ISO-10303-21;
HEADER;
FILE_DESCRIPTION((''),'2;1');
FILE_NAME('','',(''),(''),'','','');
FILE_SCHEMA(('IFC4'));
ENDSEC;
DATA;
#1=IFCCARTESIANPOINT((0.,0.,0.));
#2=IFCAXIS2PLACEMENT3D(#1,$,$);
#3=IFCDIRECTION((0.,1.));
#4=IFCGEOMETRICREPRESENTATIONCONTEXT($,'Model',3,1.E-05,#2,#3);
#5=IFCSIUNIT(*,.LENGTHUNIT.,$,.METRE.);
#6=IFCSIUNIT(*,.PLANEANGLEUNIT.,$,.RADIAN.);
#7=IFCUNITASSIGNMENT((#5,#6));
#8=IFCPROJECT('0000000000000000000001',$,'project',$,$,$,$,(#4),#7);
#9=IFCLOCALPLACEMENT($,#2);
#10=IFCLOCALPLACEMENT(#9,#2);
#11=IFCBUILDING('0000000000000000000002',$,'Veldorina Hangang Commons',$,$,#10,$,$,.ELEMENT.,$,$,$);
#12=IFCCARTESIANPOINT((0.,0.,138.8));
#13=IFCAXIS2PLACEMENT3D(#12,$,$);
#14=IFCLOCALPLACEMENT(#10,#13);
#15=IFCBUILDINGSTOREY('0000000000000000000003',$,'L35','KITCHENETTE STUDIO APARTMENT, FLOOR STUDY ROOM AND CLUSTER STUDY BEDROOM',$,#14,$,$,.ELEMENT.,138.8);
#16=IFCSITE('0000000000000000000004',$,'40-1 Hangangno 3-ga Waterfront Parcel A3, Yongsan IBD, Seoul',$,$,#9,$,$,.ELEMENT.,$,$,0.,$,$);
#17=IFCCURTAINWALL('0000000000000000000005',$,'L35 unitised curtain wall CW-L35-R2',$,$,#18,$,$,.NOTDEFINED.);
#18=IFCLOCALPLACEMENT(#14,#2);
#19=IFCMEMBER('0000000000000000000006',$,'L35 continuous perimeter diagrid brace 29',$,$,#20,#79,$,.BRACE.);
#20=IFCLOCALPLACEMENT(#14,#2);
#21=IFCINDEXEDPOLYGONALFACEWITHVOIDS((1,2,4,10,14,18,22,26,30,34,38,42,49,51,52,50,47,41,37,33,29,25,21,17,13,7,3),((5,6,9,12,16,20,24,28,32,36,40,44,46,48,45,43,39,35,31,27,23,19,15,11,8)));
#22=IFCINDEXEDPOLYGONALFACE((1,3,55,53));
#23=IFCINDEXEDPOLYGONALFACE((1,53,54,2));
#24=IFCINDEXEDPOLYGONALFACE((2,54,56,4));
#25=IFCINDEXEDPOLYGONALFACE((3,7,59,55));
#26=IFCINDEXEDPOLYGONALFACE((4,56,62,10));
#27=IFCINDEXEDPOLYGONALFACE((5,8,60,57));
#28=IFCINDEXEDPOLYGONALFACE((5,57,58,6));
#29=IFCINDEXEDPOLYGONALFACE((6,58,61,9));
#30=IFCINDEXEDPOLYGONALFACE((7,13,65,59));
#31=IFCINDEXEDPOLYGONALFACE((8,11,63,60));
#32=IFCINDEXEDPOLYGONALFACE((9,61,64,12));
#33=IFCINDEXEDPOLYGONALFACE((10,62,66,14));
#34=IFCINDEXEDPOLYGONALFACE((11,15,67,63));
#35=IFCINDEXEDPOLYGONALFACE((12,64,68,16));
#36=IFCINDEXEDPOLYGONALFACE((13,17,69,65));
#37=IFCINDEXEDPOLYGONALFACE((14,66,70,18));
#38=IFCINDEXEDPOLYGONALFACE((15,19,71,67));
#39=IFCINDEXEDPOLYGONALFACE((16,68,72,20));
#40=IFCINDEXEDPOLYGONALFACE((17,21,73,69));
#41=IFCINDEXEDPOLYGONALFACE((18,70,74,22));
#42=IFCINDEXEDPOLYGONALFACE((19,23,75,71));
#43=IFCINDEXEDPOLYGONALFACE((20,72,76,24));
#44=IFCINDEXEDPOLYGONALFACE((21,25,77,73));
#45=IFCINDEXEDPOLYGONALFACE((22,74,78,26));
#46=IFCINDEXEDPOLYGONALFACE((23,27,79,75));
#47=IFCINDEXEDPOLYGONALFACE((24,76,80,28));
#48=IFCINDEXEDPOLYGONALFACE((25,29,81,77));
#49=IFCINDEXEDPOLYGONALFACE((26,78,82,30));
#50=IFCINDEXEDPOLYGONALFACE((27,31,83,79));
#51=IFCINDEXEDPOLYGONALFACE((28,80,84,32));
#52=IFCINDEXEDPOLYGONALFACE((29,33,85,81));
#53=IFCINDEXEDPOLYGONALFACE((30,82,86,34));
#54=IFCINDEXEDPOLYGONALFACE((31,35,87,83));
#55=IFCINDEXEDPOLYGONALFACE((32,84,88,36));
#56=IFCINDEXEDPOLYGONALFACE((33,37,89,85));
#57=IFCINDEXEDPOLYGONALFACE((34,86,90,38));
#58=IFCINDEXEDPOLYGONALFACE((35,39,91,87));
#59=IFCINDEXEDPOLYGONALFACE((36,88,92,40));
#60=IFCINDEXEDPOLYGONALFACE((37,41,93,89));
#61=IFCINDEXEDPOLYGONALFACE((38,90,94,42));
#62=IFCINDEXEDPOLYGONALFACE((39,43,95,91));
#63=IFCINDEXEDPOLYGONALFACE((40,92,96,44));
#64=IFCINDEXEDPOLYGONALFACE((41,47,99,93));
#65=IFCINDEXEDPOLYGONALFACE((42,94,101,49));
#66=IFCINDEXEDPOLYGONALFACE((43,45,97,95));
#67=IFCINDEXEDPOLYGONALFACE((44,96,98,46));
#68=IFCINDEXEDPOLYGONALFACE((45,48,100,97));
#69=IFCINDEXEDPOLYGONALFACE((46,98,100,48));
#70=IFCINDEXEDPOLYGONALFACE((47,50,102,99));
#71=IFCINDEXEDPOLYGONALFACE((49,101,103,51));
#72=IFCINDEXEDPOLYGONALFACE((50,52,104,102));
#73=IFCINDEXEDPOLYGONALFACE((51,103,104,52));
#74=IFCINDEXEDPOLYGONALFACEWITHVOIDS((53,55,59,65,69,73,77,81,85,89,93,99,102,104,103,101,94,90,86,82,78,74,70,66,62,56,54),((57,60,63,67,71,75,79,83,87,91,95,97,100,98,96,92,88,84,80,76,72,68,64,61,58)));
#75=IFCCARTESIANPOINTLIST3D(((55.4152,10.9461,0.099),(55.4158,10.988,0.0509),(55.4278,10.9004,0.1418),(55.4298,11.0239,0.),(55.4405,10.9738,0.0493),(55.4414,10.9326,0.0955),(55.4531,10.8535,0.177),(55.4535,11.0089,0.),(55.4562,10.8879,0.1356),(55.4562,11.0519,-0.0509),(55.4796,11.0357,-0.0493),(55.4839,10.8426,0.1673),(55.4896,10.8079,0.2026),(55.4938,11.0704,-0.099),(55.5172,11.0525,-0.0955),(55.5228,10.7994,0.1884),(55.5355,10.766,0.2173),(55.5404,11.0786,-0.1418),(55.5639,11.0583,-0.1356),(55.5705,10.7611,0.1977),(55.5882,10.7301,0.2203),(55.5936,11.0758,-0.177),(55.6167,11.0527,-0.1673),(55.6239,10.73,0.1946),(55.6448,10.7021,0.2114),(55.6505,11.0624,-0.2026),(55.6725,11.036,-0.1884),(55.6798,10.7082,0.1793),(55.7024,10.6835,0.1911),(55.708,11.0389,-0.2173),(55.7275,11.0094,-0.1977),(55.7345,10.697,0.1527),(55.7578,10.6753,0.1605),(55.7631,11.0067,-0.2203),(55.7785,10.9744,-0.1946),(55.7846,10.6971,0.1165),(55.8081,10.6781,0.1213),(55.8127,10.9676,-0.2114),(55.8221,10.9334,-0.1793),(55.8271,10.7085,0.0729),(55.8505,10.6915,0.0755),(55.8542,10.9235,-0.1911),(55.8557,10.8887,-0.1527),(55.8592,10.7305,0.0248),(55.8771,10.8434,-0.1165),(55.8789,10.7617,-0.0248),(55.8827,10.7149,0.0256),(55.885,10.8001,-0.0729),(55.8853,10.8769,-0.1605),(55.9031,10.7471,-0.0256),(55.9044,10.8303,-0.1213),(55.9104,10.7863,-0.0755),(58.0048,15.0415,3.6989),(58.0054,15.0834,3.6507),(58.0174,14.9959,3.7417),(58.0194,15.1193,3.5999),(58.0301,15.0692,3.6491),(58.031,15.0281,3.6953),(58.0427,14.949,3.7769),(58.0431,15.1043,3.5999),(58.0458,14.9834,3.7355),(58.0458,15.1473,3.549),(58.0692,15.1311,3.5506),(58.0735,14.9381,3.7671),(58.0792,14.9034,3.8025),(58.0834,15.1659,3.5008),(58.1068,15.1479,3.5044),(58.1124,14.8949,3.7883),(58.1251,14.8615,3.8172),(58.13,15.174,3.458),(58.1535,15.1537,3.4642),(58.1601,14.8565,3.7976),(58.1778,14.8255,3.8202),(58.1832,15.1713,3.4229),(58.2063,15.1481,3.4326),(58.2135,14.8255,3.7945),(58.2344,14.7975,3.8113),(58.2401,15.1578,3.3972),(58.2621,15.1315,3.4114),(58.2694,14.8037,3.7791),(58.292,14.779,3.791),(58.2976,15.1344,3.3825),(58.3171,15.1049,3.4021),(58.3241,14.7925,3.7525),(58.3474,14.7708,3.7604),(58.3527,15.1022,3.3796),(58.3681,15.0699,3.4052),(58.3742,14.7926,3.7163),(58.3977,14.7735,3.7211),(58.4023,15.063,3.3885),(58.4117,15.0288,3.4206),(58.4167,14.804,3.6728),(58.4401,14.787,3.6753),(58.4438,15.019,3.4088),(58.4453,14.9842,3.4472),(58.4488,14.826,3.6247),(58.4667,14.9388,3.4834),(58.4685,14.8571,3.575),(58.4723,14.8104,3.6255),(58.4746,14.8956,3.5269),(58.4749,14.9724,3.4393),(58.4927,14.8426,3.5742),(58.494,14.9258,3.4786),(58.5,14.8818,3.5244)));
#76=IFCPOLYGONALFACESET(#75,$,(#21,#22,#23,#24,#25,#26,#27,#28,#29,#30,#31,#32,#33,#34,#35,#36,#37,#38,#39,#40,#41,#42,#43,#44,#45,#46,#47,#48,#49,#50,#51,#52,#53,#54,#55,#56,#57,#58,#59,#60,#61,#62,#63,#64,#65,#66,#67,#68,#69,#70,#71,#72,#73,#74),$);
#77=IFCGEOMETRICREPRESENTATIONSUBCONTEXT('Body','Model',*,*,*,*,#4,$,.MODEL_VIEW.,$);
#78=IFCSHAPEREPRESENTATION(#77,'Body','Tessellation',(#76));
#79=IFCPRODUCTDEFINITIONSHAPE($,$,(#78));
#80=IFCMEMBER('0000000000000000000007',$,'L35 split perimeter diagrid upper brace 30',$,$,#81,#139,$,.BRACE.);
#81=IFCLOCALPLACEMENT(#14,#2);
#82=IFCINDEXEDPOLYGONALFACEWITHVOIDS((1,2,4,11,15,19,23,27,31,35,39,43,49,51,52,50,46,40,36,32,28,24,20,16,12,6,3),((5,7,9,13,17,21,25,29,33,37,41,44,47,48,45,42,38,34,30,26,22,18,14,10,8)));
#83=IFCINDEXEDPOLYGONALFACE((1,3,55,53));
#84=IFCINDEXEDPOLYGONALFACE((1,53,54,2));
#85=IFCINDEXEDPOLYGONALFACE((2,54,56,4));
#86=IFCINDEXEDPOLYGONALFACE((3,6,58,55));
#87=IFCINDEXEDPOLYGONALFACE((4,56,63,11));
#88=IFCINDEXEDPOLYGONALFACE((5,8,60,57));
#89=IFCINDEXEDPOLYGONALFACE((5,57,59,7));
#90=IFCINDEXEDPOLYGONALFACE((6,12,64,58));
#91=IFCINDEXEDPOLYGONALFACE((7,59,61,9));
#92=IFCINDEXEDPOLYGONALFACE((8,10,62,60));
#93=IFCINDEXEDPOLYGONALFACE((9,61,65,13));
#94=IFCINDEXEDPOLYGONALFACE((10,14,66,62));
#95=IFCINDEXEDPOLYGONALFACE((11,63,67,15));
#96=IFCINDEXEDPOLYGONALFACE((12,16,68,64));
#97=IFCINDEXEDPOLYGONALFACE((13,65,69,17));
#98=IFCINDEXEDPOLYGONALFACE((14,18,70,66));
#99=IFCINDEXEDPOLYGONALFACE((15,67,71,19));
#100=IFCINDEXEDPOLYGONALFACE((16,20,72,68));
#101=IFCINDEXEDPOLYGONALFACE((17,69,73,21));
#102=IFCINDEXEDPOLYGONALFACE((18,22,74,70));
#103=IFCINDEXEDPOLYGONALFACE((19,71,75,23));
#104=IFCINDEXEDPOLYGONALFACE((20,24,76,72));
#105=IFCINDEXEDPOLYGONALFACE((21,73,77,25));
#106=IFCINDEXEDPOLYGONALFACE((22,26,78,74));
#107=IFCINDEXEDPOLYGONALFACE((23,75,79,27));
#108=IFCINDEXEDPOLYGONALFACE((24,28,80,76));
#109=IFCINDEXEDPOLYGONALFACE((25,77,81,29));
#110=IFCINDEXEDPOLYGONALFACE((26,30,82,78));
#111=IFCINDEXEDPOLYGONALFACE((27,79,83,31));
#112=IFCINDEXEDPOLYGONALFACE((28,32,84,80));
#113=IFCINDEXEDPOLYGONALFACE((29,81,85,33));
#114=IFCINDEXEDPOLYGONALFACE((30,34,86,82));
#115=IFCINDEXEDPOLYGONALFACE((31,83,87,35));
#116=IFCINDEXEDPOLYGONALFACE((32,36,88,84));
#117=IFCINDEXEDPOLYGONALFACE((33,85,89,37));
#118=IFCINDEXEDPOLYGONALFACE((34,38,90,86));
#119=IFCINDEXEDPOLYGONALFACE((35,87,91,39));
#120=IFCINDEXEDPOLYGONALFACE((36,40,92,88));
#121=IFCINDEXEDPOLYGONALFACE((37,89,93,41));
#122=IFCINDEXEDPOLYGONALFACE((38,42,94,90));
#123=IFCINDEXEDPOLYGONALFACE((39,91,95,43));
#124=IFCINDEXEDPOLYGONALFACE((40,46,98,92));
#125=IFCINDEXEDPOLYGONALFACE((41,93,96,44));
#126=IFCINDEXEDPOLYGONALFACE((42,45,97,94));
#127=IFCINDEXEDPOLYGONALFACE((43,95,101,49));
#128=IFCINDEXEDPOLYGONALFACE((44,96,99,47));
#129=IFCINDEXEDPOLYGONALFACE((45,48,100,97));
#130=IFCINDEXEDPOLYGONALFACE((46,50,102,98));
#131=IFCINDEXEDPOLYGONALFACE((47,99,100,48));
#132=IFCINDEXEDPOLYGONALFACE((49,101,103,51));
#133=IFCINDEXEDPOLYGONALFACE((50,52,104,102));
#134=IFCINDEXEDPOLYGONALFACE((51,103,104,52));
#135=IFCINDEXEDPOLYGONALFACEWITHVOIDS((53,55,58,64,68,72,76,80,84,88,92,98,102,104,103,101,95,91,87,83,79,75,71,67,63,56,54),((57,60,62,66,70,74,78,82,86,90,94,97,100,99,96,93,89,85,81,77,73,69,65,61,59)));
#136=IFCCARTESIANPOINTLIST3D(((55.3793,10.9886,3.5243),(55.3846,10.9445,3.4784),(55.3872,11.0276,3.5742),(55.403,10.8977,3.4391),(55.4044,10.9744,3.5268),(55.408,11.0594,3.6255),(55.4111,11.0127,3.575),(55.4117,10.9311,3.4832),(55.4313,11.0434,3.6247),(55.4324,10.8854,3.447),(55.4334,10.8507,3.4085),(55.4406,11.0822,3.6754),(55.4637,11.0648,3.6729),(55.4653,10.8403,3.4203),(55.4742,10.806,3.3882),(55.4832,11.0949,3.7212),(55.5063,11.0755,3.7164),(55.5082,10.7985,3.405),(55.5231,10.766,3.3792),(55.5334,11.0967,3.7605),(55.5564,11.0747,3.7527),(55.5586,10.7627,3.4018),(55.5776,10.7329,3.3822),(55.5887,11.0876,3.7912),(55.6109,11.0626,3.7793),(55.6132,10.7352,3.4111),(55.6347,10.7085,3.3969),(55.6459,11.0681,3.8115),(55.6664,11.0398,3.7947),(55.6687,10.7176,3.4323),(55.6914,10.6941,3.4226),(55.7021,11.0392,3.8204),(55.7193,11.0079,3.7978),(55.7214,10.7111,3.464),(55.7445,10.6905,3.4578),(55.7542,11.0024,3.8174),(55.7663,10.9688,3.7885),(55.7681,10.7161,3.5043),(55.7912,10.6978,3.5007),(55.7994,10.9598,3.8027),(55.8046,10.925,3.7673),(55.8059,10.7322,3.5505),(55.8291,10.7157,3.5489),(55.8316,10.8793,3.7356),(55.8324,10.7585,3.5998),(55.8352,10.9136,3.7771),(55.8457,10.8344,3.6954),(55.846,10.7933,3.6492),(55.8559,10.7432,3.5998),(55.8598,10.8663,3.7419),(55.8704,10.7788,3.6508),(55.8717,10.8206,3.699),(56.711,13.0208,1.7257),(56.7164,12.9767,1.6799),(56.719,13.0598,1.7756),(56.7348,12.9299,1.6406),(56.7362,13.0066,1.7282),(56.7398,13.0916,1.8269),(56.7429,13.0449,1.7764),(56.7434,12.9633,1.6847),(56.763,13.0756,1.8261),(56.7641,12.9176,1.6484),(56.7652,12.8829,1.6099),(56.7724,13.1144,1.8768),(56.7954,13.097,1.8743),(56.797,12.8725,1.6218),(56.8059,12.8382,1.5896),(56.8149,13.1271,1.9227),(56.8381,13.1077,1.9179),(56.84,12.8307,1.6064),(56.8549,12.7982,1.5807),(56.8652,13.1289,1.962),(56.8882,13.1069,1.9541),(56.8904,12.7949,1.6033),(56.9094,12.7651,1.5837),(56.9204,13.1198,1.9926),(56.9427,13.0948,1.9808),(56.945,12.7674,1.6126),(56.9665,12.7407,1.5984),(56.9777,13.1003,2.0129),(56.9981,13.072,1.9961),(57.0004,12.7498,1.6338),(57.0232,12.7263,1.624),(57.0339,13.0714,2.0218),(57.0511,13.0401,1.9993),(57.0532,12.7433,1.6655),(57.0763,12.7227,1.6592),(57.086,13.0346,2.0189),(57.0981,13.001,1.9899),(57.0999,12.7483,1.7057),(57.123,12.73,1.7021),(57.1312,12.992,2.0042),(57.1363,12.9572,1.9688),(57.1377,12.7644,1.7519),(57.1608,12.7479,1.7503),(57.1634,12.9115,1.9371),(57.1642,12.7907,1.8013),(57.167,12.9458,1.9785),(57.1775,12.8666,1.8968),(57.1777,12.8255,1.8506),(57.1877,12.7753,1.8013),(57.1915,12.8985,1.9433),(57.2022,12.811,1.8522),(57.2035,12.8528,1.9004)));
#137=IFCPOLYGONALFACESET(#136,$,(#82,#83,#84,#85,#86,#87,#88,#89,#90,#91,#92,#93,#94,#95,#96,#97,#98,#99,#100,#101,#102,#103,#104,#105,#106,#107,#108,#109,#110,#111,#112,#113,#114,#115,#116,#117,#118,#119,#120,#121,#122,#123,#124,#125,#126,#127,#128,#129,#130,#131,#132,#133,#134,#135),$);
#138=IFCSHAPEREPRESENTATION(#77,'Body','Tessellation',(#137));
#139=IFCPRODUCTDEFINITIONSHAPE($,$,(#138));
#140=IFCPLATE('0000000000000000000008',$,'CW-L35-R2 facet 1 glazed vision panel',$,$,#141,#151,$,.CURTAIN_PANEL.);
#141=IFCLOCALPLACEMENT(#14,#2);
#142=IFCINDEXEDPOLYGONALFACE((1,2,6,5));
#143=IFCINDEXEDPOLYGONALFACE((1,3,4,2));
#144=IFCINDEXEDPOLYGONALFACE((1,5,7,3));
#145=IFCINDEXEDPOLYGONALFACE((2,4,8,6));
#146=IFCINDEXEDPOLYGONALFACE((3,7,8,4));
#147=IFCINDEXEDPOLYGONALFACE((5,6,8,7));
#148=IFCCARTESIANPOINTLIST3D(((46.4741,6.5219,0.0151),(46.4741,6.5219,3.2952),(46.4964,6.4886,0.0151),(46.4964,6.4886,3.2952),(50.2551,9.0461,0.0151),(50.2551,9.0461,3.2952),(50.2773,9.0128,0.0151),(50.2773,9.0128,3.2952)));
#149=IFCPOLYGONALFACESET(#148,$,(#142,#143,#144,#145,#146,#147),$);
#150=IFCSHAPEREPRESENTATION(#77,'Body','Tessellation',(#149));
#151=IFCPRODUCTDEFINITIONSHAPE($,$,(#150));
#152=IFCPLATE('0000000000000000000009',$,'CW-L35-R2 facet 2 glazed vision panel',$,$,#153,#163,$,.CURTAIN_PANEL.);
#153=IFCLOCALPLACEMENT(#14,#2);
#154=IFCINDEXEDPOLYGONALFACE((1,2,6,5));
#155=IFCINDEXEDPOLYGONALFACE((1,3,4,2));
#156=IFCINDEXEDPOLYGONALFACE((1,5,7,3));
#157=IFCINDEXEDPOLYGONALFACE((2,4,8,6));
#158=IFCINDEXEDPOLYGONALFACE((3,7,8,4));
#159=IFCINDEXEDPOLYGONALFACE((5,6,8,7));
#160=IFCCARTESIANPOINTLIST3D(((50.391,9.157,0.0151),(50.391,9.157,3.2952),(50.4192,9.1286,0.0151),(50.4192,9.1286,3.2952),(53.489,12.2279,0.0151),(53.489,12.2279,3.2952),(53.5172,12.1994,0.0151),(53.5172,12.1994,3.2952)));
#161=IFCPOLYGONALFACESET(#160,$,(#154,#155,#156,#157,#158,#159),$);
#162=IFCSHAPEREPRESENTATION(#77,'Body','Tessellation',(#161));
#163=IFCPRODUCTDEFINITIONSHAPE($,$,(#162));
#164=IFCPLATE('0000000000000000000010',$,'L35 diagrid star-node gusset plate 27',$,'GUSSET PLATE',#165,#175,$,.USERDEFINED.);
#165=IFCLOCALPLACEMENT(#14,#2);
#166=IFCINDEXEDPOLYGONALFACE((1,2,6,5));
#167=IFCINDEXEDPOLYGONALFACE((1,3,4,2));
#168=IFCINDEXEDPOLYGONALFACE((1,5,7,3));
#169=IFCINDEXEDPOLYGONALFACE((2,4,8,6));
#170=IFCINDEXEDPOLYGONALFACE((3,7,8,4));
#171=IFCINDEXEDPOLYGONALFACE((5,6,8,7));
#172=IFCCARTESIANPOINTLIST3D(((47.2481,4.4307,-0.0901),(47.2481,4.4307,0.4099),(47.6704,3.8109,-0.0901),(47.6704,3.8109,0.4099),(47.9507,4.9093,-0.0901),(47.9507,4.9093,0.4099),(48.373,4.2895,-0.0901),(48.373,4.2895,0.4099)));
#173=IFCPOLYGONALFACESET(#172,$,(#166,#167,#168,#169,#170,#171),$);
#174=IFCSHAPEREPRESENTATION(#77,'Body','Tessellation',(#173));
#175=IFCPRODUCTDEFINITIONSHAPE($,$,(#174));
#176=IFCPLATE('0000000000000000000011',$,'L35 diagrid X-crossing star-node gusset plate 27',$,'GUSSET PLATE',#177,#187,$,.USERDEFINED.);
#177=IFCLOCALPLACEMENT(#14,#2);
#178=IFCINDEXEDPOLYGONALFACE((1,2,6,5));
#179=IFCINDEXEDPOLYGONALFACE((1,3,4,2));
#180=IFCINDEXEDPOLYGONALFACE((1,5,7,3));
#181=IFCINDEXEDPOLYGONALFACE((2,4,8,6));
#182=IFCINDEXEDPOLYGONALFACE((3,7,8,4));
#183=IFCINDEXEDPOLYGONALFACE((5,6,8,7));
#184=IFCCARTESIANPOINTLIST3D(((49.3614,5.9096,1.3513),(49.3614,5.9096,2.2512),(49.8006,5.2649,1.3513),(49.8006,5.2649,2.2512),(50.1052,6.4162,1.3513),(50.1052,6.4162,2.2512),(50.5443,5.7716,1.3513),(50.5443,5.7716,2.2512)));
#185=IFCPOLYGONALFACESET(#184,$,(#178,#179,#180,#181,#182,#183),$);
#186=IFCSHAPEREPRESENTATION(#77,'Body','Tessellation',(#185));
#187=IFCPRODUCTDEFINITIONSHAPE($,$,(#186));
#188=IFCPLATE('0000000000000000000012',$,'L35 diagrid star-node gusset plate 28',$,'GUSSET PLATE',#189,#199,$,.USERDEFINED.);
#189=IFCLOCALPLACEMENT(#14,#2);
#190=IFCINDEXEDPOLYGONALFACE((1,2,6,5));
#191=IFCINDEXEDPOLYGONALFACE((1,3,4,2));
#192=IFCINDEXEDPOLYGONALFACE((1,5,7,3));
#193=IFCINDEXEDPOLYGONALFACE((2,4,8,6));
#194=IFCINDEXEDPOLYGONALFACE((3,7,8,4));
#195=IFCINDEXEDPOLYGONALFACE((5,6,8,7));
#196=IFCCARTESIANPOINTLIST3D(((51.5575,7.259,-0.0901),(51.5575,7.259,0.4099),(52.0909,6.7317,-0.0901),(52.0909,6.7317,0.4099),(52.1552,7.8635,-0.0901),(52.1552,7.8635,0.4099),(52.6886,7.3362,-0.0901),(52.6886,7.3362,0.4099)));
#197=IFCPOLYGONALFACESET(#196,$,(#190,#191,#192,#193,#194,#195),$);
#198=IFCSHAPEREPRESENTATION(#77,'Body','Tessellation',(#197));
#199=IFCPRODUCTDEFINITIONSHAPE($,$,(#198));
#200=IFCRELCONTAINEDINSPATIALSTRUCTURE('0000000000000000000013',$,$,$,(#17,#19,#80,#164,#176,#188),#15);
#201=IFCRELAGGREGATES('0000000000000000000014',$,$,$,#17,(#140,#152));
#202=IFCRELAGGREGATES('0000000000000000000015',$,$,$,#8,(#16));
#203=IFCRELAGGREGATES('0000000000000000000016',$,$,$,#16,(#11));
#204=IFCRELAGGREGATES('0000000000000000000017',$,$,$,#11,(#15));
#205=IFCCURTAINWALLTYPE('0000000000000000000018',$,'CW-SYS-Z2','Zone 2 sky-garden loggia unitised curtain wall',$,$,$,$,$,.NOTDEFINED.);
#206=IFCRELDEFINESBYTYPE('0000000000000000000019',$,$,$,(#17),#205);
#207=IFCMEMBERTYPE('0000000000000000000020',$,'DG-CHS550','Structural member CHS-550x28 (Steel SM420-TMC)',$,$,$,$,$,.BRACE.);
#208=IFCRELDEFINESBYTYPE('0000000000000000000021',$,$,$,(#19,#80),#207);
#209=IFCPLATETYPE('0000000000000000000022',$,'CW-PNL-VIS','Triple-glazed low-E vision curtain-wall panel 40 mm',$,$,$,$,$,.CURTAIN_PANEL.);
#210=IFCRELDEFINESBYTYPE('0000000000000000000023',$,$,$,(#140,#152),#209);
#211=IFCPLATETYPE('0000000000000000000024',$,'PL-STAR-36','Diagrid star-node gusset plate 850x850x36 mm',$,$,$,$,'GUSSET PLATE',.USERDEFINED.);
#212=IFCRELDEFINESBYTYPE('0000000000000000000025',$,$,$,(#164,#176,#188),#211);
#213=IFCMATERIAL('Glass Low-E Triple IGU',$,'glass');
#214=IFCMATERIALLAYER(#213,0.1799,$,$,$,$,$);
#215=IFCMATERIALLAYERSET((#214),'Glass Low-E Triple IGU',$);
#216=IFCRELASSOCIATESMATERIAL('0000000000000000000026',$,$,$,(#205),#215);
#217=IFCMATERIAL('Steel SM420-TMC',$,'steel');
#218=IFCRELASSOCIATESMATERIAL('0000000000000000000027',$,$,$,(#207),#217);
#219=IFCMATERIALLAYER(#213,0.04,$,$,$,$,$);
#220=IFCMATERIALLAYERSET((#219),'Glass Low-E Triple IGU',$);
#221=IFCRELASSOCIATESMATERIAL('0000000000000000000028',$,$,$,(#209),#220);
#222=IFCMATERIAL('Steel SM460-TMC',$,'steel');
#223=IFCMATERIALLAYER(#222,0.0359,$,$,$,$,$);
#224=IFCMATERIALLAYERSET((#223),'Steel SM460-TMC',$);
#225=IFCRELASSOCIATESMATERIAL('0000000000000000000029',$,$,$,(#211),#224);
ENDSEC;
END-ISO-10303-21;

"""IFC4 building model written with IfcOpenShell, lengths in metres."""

from ifc_helpers import new_model, si_unit, direction, frame, origin, origin_2d, place, context, subcontext, project, spatial, rectangle, hollow_circle, extrude, material, layer, layer_set, material_profile, profile_set, type_object, element, aggregate, save


model = new_model("IFC4")

# Units and contexts
model_context = context("Model", 3, precision=1e-05, world=origin(), true_north=direction((0.0, 1.0)))
body_context = subcontext(model_context, "Body", "Model", "MODEL_VIEW")
ifc_project = project(units=[si_unit("LENGTHUNIT", "METRE"), si_unit("PLANEANGLEUNIT", "RADIAN")], contexts=[model_context])

# Site, building, storey
site_placement = place(None, origin())
site = spatial("IfcSite", under=ifc_project, at=site_placement, Name="40-1 Hangangno 3-ga Waterfront Parcel A3, Yongsan IBD, Seoul", CompositionType="ELEMENT", RefElevation=0.0)
building_placement = place(site_placement, origin())
building = spatial("IfcBuilding", under=site, at=building_placement, Name="Veldorina Hangang Commons", CompositionType="ELEMENT")
storey_placement = place(building_placement, frame((0.0, 0.0, 138.8)))
storey = spatial("IfcBuildingStorey", under=building, at=storey_placement, Name="L35", Description="KITCHENETTE STUDIO APARTMENT, FLOOR STUDY ROOM AND CLUSTER STUDY BEDROOM", CompositionType="ELEMENT", Elevation=138.8)

# Shared definitions
ifc_material_1 = material(Name="Steel SM420-TMC", Category="steel")

# Curtain wall
ifc_material_2 = material(Name="Glass Low-E Triple IGU", Category="glass")
ifc_layer_1 = layer(ifc_material_2, 0.1799)
ifc_layer_set_1 = layer_set([ifc_layer_1], Name="Glass Low-E Triple IGU")
curtain_wall_type = type_object("IfcCurtainWallType", Name="CW-SYS-Z2", Description="Zone 2 sky-garden loggia unitised curtain wall", PredefinedType="NOTDEFINED", material=ifc_layer_set_1)
curtain_wall_placement = place(storey_placement, origin())
curtain_wall = element("IfcCurtainWall", 1, at=curtain_wall_placement, inside=storey, type_object=curtain_wall_type, Name="L35 unitised curtain wall CW-L35-R2", PredefinedType="NOTDEFINED")

# Members
ifc_material_profile_1 = material_profile(ifc_material_1, hollow_circle(Radius=0.2749, WallThickness=0.0281, at=origin_2d()), Name="CHS-550x28")
ifc_profile_set_1 = profile_set([ifc_material_profile_1], Name="Steel SM420-TMC")
member_type_1 = type_object("IfcMemberType", Name="DG-CHS550", Description="Structural member CHS-550x28 (Steel SM420-TMC)", PredefinedType="BRACE", material=ifc_profile_set_1)
member_1_placement = place(storey_placement, frame((55.6621, 10.877, 0.0), z_axis=(0.429, 0.678464, 0.596361), x_axis=(-0.84521, 0.534435, 0.0)))
element("IfcMember", 2, at=member_1_placement, inside=storey, type_object=member_type_1, Name="L35 continuous perimeter diagrid brace 29", PredefinedType="BRACE", context=body_context, shape_type="SweptSolid", body=[
    extrude(hollow_circle(Radius=0.2749, WallThickness=0.0281, at=origin_2d()), origin(), (0.0, 0.0, 1.0), 6.0364),
])
member_2_placement = place(storey_placement, frame((56.9578, 12.926, 1.8013), z_axis=(-0.440552, -0.672256, 0.594967), x_axis=(0.836399, -0.548121, 0.0)))
element("IfcMember", 3, at=member_2_placement, inside=storey, type_object=member_type_1, Name="L35 split perimeter diagrid upper brace 30", PredefinedType="BRACE", context=body_context, shape_type="SweptSolid", body=[
    extrude(hollow_circle(Radius=0.2749, WallThickness=0.0281, at=origin_2d()), origin(), (0.0, 0.0, 1.0), 3.0229),
])

# Plates
ifc_layer_2 = layer(ifc_material_2, 0.04)
ifc_layer_set_2 = layer_set([ifc_layer_2], Name="Glass Low-E Triple IGU")
plate_type_1 = type_object("IfcPlateType", Name="CW-PNL-VIS", Description="Triple-glazed low-E vision curtain-wall panel 40 mm", PredefinedType="CURTAIN_PANEL", material=ifc_layer_set_2)
plate_1_placement = place(storey_placement, frame((48.3757, 7.7673, 0.0151), z_axis=(0.0, 0.0, 1.0), x_axis=(0.831683, 0.555251, 0.0)))
plate_1 = element("IfcPlate", 4, at=plate_1_placement, type_object=plate_type_1, Name="CW-L35-R2 facet 1 glazed vision panel", PredefinedType="CURTAIN_PANEL", context=body_context, shape_type="SweptSolid", body=[
    extrude(rectangle(XDim=4.5461, YDim=0.04, at=origin_2d()), origin(), (0.0, 0.0, 1.0), 3.28),
])
plate_2_placement = place(storey_placement, frame((51.9541, 10.6782, 0.0151), z_axis=(0.0, 0.0, 1.0), x_axis=(0.71021, 0.70399, 0.0)))
plate_2 = element("IfcPlate", 5, at=plate_2_placement, type_object=plate_type_1, Name="CW-L35-R2 facet 2 glazed vision panel", PredefinedType="CURTAIN_PANEL", context=body_context, shape_type="SweptSolid", body=[
    extrude(rectangle(XDim=4.3621, YDim=0.04, at=origin_2d()), origin(), (0.0, 0.0, 1.0), 3.28),
])
aggregate(curtain_wall, [plate_1, plate_2])

# Plates
ifc_material_3 = material(Name="Steel SM460-TMC", Category="steel")
ifc_layer_3 = layer(ifc_material_3, 0.0359)
ifc_layer_set_3 = layer_set([ifc_layer_3], Name="Steel SM460-TMC")
plate_type_2 = type_object("IfcPlateType", Name="PL-STAR-36", Description="Diagrid star-node gusset plate 850x850x36 mm", ElementType="GUSSET PLATE", PredefinedType="USERDEFINED", material=ifc_layer_set_3)
plate_3_placement = place(storey_placement, frame((47.8105, 4.3601, -0.0901), z_axis=(0.0, 0.0, 1.0), x_axis=(0.826472, 0.562978, 0.0)))
element("IfcPlate", 6, at=plate_3_placement, inside=storey, type_object=plate_type_2, Name="L35 diagrid star-node gusset plate 27", ObjectType="GUSSET PLATE", PredefinedType="USERDEFINED", context=body_context, shape_type="SweptSolid", body=[
    extrude(rectangle(XDim=0.8501, YDim=0.75, at=origin_2d()), origin(), (0.0, 0.0, 1.0), 0.5),
])
plate_4_placement = place(storey_placement, frame((49.9529, 5.8406, 1.3513), z_axis=(0.0, 0.0, 1.0), x_axis=(0.826472, 0.562978, 0.0)))
element("IfcPlate", 7, at=plate_4_placement, inside=storey, type_object=plate_type_2, Name="L35 diagrid X-crossing star-node gusset plate 27", ObjectType="GUSSET PLATE", PredefinedType="USERDEFINED", context=body_context, shape_type="SweptSolid", body=[
    extrude(rectangle(XDim=0.8999, YDim=0.78, at=origin_2d()), origin(), (0.0, 0.0, 1.0), 0.8999),
])
for number, where, z_axis, x_axis, name in (
    (8, (52.123, 7.2976, -0.0901), (0.0, 0.0, 1.0), (0.703097, 0.711094, 0.0), "L35 diagrid star-node gusset plate 28"),
):
    element("IfcPlate", number, at=place(storey_placement, frame(where, z_axis=z_axis, x_axis=x_axis)), inside=storey, type_object=plate_type_2, Name=name, ObjectType="GUSSET PLATE", PredefinedType="USERDEFINED", context=body_context, shape_type="SweptSolid", body=[
        extrude(rectangle(XDim=0.8501, YDim=0.75, at=origin_2d()), origin(), (0.0, 0.0, 1.0), 0.5),
    ])

save(model, "model.ifc")
